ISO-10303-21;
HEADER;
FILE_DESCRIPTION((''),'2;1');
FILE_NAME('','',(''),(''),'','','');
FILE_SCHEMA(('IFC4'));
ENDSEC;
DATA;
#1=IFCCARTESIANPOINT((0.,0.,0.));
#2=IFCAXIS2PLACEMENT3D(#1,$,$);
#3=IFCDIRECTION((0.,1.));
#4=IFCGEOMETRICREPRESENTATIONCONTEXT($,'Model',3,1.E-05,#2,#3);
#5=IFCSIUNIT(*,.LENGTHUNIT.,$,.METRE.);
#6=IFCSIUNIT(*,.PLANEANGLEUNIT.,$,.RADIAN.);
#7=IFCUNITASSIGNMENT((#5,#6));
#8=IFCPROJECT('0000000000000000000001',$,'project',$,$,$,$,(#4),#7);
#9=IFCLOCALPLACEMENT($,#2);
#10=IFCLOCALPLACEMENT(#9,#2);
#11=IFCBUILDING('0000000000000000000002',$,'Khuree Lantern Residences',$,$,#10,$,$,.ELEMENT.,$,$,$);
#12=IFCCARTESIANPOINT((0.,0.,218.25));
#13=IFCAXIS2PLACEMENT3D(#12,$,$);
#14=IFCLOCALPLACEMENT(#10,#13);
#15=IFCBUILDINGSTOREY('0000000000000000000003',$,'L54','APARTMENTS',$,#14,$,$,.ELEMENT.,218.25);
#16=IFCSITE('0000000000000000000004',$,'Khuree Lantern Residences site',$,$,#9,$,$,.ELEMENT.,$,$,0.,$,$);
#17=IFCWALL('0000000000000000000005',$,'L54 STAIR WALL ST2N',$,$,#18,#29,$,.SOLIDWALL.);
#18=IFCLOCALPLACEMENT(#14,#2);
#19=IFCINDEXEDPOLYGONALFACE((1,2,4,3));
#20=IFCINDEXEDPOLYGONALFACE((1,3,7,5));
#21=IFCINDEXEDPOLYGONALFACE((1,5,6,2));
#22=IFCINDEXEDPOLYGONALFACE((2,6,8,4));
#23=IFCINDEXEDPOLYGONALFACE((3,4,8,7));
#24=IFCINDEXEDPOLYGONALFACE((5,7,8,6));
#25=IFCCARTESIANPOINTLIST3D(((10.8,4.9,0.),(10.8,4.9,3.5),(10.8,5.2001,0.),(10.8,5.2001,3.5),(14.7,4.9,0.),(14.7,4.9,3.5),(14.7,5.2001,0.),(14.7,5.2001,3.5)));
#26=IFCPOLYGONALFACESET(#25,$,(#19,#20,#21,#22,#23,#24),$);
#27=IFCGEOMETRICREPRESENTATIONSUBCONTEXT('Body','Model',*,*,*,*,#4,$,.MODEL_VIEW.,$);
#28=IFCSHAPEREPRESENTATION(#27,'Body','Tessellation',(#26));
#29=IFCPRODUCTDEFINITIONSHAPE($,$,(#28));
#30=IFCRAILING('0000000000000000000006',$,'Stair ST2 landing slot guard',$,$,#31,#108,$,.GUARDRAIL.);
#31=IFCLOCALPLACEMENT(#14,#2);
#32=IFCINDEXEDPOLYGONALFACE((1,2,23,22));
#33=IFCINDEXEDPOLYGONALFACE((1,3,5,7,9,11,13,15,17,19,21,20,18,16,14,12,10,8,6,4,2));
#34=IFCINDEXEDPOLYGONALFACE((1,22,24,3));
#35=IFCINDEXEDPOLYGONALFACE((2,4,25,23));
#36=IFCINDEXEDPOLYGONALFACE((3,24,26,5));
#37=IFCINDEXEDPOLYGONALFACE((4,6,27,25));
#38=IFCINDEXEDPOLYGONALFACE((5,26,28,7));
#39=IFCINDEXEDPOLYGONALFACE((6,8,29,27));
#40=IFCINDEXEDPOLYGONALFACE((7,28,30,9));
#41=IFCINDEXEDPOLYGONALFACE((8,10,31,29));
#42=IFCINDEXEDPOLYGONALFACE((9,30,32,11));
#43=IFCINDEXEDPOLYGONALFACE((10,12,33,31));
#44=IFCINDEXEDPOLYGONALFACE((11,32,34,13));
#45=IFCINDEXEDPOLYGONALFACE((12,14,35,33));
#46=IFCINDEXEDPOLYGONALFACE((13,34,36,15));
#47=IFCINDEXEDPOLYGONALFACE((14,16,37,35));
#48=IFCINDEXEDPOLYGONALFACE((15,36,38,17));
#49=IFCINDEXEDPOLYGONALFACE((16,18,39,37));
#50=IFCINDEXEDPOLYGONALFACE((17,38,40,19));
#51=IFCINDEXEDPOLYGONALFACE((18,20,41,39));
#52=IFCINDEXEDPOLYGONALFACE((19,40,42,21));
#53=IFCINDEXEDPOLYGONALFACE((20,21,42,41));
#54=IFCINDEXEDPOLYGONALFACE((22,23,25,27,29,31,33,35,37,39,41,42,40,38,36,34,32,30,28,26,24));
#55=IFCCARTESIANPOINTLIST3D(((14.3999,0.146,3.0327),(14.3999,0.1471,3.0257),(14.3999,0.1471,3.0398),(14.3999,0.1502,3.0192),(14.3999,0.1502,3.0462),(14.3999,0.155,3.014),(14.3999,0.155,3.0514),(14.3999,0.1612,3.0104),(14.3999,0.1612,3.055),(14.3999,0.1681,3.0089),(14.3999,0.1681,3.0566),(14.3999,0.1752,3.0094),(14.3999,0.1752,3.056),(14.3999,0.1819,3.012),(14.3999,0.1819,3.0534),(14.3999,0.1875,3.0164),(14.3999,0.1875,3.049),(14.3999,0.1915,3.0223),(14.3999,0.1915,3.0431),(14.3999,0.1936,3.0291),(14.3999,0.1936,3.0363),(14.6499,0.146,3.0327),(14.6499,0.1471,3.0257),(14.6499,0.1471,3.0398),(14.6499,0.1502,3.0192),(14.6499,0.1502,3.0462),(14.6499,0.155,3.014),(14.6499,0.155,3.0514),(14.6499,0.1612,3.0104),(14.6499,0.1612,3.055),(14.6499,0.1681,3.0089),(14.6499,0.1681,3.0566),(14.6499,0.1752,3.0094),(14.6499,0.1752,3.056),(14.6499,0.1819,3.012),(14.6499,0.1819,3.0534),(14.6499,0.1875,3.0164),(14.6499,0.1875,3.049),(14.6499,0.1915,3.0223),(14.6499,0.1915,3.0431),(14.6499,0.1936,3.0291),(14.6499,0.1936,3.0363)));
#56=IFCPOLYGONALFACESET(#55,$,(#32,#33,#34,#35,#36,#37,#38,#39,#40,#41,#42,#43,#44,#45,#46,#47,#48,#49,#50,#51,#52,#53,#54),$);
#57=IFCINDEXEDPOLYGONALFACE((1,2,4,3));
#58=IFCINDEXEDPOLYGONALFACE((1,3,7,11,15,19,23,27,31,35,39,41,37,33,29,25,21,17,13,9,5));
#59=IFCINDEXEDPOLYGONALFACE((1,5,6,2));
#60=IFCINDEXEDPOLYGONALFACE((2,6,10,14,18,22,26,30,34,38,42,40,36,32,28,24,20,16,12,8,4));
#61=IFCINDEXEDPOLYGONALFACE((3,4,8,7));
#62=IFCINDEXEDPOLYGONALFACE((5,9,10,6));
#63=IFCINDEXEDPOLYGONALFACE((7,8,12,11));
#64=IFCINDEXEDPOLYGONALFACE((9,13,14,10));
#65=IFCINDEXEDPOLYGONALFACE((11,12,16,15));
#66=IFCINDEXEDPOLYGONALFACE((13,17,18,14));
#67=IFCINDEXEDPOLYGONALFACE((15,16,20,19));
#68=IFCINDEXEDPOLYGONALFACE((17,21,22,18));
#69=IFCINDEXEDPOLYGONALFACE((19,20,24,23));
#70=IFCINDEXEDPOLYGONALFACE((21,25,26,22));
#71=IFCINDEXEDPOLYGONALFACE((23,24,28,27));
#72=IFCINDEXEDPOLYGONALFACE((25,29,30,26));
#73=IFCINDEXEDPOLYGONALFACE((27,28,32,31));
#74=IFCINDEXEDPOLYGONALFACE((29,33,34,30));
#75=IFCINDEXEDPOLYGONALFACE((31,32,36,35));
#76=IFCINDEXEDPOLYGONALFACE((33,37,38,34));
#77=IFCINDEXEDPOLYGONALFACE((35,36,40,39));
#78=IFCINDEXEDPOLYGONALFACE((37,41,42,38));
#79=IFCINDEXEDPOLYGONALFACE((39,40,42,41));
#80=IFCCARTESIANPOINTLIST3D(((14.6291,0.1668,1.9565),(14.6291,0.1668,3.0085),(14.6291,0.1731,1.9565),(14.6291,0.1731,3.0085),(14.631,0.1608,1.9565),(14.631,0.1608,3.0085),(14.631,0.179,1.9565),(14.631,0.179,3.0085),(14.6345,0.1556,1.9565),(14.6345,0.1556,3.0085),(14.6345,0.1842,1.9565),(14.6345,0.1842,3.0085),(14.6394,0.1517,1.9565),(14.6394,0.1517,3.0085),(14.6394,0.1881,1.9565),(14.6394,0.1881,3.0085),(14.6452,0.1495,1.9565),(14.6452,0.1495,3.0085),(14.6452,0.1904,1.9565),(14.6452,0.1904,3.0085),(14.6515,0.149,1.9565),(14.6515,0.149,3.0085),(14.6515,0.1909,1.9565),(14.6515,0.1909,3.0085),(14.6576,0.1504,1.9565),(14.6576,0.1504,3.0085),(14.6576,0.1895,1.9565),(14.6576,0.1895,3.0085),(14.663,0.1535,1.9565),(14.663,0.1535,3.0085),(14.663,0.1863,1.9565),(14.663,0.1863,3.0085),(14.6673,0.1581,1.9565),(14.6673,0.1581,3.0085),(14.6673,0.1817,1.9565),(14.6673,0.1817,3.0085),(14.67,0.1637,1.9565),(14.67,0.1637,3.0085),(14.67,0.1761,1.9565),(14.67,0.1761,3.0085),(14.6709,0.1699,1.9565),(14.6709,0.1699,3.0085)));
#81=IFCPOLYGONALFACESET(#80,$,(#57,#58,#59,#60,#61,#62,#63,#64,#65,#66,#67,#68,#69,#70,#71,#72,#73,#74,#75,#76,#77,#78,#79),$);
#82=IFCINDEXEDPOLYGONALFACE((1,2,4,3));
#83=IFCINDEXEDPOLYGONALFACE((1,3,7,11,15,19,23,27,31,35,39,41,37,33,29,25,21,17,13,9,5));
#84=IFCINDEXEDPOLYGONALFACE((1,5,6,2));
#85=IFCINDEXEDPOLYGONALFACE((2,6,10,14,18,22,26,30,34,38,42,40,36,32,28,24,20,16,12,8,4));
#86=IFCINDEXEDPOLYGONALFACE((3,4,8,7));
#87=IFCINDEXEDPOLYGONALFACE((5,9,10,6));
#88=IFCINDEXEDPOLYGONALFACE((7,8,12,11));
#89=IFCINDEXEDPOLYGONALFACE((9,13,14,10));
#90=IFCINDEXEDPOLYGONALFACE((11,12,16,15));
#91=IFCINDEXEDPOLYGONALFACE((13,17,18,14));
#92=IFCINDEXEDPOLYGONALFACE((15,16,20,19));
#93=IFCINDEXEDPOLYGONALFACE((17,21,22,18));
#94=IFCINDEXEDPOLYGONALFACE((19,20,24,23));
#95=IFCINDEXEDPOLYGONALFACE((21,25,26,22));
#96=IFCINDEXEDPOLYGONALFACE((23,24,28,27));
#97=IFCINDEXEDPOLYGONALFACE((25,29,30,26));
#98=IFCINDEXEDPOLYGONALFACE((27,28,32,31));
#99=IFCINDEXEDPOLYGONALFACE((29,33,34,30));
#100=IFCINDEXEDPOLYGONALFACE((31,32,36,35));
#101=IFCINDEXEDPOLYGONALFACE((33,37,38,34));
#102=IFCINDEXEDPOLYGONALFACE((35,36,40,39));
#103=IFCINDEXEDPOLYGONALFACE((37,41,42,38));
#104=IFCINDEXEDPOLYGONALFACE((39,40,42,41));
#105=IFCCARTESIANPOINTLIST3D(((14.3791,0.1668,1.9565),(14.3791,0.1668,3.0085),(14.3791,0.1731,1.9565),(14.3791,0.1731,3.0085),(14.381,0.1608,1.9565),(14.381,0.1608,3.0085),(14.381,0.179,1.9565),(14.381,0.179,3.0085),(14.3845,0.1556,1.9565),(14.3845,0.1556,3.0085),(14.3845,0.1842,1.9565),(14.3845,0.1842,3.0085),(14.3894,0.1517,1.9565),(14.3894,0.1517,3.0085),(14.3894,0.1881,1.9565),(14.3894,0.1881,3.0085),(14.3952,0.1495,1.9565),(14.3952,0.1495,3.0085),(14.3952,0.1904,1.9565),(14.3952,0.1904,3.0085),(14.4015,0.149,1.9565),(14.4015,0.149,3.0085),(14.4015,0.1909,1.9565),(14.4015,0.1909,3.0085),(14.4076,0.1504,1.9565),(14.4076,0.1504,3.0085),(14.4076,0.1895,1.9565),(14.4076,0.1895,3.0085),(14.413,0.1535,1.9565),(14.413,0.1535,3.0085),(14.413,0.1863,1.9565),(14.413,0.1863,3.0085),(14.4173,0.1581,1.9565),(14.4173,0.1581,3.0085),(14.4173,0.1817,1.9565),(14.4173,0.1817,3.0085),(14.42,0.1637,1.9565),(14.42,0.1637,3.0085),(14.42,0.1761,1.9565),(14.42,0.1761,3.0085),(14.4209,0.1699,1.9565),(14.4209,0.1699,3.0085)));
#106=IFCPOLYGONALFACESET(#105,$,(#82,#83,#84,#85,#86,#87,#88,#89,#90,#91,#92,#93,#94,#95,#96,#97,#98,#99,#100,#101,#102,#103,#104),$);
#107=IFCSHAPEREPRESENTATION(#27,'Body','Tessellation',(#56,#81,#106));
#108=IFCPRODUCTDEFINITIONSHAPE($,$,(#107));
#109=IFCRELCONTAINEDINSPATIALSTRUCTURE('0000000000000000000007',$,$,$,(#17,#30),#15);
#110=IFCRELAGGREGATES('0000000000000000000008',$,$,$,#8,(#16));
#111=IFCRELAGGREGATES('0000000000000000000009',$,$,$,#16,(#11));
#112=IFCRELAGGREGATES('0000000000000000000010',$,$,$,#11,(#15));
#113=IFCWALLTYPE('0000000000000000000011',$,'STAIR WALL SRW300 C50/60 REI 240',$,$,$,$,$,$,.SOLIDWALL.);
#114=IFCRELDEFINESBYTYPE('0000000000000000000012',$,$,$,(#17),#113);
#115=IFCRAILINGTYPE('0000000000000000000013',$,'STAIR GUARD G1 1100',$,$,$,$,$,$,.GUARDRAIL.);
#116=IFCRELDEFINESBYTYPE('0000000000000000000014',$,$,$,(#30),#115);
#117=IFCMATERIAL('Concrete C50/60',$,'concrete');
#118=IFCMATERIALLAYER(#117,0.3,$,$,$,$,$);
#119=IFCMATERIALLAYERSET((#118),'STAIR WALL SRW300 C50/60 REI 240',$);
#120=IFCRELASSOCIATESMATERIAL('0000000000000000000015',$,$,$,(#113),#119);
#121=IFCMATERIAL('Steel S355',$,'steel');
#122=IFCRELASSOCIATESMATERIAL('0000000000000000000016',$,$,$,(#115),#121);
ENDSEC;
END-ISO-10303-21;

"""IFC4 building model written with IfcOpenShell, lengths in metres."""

from ifc_helpers import new_model, si_unit, direction, frame, frame_2d, origin, origin_2d, place, context, subcontext, project, spatial, rectangle, circle, extrude, material, layer, layer_set, type_object, element, save


model = new_model("IFC4")

# Units and contexts
model_context = context("Model", 3, precision=1e-05, world=origin(), true_north=direction((0.0, 1.0)))
body_context = subcontext(model_context, "Body", "Model", "MODEL_VIEW")
ifc_project = project(units=[si_unit("LENGTHUNIT", "METRE"), si_unit("PLANEANGLEUNIT", "RADIAN")], contexts=[model_context])

# Site, building, storey
site_placement = place(None, origin())
site = spatial("IfcSite", under=ifc_project, at=site_placement, Name="Khuree Lantern Residences site", CompositionType="ELEMENT", RefElevation=0.0)
building_placement = place(site_placement, origin())
building = spatial("IfcBuilding", under=site, at=building_placement, Name="Khuree Lantern Residences", CompositionType="ELEMENT")
storey_placement = place(building_placement, frame((0.0, 0.0, 218.25)))
storey = spatial("IfcBuildingStorey", under=building, at=storey_placement, Name="L54", Description="APARTMENTS", CompositionType="ELEMENT", Elevation=218.25)

# Shared definitions
ifc_material_1 = material(Name="Concrete C50/60", Category="concrete")

# Wall
ifc_layer_1 = layer(ifc_material_1, 0.3)
ifc_layer_set_1 = layer_set([ifc_layer_1], Name="STAIR WALL SRW300 C50/60 REI 240")
wall_type_1 = type_object("IfcWallType", Name="STAIR WALL SRW300 C50/60 REI 240", PredefinedType="SOLIDWALL", material=ifc_layer_set_1)
wall_1_placement = place(storey_placement, frame((14.7, 5.05, 0.0), z_axis=(0.0, 0.0, 1.0), x_axis=(-1.0, 0.0, 0.0)))
element("IfcWall", 1, at=wall_1_placement, inside=storey, type_object=wall_type_1, Name="L54 STAIR WALL ST2N", PredefinedType="SOLIDWALL", context=body_context, shape_type="SweptSolid", body=[
    extrude(rectangle(XDim=3.8999, YDim=0.3, at=frame_2d((1.95, 0.0))), origin(), (0.0, 0.0, 1.0), 3.5),
])

# Railing
ifc_material_2 = material(Name="Steel S355", Category="steel")
railing_type = type_object("IfcRailingType", Name="STAIR GUARD G1 1100", PredefinedType="GUARDRAIL", material=ifc_material_2)
railing_placement = place(storey_placement, frame((14.6499, 0.1699, 1.9565)))
element("IfcRailing", 2, at=railing_placement, inside=storey, type_object=railing_type, Name="Stair ST2 landing slot guard", PredefinedType="GUARDRAIL", context=body_context, shape_type="SweptSolid", body=[
    extrude(circle(Radius=0.0239, at=origin_2d()), frame((0.0, 0.0, 1.0762), z_axis=(-1.0, 0.0, 0.0), x_axis=(0.0, -1.0, 0.0)), (0.0, 0.0, 1.0), 0.25),
    extrude(circle(Radius=0.021, at=origin_2d()), origin(), (0.0, 0.0, 1.0), 1.052),
    extrude(circle(Radius=0.021, at=origin_2d()), frame((-0.25, 0.0, 0.0)), (0.0, 0.0, 1.0), 1.052),
])

save(model, "model.ifc")
